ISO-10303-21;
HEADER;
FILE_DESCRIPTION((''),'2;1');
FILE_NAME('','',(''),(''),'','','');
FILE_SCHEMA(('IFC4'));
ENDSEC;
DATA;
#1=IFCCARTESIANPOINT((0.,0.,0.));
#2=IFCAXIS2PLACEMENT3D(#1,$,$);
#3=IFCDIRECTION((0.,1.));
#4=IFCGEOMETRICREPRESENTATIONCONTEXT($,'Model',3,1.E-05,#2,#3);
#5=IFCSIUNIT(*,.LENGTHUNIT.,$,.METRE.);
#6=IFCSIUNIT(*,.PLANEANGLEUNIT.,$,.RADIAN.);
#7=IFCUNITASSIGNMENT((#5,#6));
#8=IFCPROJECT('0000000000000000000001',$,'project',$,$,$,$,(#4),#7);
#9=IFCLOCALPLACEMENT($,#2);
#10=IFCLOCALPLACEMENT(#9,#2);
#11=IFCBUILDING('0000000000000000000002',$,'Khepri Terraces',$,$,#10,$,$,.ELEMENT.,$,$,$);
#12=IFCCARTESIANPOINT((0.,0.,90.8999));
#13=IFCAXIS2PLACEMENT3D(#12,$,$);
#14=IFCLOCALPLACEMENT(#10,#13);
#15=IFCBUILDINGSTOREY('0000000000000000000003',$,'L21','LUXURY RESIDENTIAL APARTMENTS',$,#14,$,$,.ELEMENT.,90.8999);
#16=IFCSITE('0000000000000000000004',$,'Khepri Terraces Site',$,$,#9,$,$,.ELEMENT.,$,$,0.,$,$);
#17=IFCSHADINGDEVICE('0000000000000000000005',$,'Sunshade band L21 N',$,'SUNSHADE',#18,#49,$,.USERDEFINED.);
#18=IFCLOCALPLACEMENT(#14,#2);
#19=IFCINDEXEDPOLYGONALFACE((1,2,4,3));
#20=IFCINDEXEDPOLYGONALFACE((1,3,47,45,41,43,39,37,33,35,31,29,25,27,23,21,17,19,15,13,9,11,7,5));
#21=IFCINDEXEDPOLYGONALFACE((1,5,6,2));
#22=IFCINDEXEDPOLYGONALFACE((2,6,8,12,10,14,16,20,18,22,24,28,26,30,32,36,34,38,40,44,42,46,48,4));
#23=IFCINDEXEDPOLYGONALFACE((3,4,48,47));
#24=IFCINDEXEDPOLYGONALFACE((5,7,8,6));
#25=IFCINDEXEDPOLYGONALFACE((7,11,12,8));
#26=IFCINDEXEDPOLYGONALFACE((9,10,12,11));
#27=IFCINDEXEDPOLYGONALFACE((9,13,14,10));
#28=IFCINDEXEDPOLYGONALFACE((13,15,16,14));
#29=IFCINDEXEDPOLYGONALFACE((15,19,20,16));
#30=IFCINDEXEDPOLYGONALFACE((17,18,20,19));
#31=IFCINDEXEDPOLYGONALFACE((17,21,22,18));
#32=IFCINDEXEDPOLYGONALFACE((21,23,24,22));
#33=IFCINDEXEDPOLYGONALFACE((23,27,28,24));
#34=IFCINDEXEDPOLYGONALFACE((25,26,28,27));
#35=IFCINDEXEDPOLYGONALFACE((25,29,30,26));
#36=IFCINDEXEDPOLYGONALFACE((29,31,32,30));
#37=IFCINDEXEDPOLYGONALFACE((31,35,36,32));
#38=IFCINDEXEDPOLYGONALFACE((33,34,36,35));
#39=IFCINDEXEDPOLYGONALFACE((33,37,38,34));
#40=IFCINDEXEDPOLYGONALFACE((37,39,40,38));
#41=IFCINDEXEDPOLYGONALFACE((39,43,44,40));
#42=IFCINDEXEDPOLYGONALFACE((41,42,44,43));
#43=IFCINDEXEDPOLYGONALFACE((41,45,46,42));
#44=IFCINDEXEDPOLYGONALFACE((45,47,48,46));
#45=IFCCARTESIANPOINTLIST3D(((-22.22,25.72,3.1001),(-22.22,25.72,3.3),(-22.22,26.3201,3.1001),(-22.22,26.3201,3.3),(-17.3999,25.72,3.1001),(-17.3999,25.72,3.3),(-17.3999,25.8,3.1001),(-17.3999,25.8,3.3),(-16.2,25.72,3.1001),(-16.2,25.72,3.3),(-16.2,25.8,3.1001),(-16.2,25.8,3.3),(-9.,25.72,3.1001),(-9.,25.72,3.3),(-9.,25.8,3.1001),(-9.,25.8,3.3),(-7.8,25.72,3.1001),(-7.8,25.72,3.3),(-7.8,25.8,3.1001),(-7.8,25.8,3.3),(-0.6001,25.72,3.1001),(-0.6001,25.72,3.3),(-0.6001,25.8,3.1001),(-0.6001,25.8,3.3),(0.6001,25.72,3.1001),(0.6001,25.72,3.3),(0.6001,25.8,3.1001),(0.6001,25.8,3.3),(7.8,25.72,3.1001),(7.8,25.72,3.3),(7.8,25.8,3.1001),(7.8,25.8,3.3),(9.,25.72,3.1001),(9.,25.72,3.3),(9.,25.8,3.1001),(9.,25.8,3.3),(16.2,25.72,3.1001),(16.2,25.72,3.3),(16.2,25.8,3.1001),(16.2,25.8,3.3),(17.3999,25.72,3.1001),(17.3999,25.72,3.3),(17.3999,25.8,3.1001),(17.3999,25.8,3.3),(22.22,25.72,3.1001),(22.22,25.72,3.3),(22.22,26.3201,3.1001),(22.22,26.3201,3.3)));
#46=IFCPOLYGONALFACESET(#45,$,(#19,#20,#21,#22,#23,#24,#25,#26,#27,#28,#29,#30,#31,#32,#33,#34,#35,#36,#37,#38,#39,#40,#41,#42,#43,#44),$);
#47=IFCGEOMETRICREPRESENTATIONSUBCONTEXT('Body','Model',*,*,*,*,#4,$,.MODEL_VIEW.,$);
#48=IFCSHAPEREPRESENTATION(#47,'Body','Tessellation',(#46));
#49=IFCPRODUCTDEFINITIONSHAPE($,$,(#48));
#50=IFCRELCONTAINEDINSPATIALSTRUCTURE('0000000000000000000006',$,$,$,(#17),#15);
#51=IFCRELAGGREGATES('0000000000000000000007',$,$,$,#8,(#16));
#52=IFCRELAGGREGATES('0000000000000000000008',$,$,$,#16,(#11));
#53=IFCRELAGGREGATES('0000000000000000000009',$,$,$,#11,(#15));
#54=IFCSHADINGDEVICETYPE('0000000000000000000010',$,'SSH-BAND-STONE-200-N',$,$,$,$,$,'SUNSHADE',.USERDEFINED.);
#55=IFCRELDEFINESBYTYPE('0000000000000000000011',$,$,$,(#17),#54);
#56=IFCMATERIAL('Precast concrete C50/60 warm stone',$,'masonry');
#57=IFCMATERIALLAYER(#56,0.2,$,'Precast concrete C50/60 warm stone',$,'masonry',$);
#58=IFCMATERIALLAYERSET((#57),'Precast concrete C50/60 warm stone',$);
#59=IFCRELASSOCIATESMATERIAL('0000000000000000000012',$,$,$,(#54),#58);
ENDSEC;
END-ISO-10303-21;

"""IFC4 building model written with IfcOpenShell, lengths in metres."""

from ifc_helpers import new_model, si_unit, direction, frame, origin, place, context, subcontext, project, spatial, polyline, outline, extrude, material, layer, layer_set, type_object, element, save


model = new_model("IFC4")

# Units and contexts
model_context = context("Model", 3, precision=1e-05, world=origin(), true_north=direction((0.0, 1.0)))
body_context = subcontext(model_context, "Body", "Model", "MODEL_VIEW")
ifc_project = project(units=[si_unit("LENGTHUNIT", "METRE"), si_unit("PLANEANGLEUNIT", "RADIAN")], contexts=[model_context])

# Site, building, storey
site_placement = place(None, origin())
site = spatial("IfcSite", under=ifc_project, at=site_placement, Name="Khepri Terraces Site", CompositionType="ELEMENT", RefElevation=0.0)
building_placement = place(site_placement, origin())
building = spatial("IfcBuilding", under=site, at=building_placement, Name="Khepri Terraces", CompositionType="ELEMENT")
storey_placement = place(building_placement, frame((0.0, 0.0, 90.8999)))
storey = spatial("IfcBuildingStorey", under=building, at=storey_placement, Name="L21", Description="LUXURY RESIDENTIAL APARTMENTS", CompositionType="ELEMENT", Elevation=90.8999)

# Shared definitions
ifc_material_1 = material(Name="Precast concrete C50/60 warm stone", Category="masonry")

# Shading device
ifc_layer_1 = layer(ifc_material_1, 0.2, Name="Precast concrete C50/60 warm stone", Category="masonry")
ifc_layer_set_1 = layer_set([ifc_layer_1], Name="Precast concrete C50/60 warm stone")
shading_device_type_1 = type_object("IfcShadingDeviceType", Name="SSH-BAND-STONE-200-N", ElementType="SUNSHADE", PredefinedType="USERDEFINED", material=ifc_layer_set_1)
shading_device_1_placement = place(storey_placement, frame((0.0, 0.0, 3.1001)))
element("IfcShadingDevice", 1, at=shading_device_1_placement, inside=storey, type_object=shading_device_type_1, Name="Sunshade band L21 N", ObjectType="SUNSHADE", PredefinedType="USERDEFINED", context=body_context, shape_type="SweptSolid", body=[
    extrude(outline(polyline([(17.3999, 25.72), (22.22, 25.72), (22.22, 26.3201), (-22.22, 26.3201), (-22.22, 25.72), (-17.3999, 25.72), (-17.3999, 25.8), (-16.2, 25.8), (-16.2, 25.72), (-9.0, 25.72), (-9.0, 25.8), (-7.8, 25.8), (-7.8, 25.72), (-0.6001, 25.72), (-0.6001, 25.8), (0.6001, 25.8), (0.6001, 25.72), (7.8, 25.72), (7.8, 25.8), (9.0, 25.8), (9.0, 25.72), (16.2, 25.72), (16.2, 25.8), (17.3999, 25.8), (17.3999, 25.72)])), origin(), (0.0, 0.0, 1.0), 0.2),
])

save(model, "model.ifc")
